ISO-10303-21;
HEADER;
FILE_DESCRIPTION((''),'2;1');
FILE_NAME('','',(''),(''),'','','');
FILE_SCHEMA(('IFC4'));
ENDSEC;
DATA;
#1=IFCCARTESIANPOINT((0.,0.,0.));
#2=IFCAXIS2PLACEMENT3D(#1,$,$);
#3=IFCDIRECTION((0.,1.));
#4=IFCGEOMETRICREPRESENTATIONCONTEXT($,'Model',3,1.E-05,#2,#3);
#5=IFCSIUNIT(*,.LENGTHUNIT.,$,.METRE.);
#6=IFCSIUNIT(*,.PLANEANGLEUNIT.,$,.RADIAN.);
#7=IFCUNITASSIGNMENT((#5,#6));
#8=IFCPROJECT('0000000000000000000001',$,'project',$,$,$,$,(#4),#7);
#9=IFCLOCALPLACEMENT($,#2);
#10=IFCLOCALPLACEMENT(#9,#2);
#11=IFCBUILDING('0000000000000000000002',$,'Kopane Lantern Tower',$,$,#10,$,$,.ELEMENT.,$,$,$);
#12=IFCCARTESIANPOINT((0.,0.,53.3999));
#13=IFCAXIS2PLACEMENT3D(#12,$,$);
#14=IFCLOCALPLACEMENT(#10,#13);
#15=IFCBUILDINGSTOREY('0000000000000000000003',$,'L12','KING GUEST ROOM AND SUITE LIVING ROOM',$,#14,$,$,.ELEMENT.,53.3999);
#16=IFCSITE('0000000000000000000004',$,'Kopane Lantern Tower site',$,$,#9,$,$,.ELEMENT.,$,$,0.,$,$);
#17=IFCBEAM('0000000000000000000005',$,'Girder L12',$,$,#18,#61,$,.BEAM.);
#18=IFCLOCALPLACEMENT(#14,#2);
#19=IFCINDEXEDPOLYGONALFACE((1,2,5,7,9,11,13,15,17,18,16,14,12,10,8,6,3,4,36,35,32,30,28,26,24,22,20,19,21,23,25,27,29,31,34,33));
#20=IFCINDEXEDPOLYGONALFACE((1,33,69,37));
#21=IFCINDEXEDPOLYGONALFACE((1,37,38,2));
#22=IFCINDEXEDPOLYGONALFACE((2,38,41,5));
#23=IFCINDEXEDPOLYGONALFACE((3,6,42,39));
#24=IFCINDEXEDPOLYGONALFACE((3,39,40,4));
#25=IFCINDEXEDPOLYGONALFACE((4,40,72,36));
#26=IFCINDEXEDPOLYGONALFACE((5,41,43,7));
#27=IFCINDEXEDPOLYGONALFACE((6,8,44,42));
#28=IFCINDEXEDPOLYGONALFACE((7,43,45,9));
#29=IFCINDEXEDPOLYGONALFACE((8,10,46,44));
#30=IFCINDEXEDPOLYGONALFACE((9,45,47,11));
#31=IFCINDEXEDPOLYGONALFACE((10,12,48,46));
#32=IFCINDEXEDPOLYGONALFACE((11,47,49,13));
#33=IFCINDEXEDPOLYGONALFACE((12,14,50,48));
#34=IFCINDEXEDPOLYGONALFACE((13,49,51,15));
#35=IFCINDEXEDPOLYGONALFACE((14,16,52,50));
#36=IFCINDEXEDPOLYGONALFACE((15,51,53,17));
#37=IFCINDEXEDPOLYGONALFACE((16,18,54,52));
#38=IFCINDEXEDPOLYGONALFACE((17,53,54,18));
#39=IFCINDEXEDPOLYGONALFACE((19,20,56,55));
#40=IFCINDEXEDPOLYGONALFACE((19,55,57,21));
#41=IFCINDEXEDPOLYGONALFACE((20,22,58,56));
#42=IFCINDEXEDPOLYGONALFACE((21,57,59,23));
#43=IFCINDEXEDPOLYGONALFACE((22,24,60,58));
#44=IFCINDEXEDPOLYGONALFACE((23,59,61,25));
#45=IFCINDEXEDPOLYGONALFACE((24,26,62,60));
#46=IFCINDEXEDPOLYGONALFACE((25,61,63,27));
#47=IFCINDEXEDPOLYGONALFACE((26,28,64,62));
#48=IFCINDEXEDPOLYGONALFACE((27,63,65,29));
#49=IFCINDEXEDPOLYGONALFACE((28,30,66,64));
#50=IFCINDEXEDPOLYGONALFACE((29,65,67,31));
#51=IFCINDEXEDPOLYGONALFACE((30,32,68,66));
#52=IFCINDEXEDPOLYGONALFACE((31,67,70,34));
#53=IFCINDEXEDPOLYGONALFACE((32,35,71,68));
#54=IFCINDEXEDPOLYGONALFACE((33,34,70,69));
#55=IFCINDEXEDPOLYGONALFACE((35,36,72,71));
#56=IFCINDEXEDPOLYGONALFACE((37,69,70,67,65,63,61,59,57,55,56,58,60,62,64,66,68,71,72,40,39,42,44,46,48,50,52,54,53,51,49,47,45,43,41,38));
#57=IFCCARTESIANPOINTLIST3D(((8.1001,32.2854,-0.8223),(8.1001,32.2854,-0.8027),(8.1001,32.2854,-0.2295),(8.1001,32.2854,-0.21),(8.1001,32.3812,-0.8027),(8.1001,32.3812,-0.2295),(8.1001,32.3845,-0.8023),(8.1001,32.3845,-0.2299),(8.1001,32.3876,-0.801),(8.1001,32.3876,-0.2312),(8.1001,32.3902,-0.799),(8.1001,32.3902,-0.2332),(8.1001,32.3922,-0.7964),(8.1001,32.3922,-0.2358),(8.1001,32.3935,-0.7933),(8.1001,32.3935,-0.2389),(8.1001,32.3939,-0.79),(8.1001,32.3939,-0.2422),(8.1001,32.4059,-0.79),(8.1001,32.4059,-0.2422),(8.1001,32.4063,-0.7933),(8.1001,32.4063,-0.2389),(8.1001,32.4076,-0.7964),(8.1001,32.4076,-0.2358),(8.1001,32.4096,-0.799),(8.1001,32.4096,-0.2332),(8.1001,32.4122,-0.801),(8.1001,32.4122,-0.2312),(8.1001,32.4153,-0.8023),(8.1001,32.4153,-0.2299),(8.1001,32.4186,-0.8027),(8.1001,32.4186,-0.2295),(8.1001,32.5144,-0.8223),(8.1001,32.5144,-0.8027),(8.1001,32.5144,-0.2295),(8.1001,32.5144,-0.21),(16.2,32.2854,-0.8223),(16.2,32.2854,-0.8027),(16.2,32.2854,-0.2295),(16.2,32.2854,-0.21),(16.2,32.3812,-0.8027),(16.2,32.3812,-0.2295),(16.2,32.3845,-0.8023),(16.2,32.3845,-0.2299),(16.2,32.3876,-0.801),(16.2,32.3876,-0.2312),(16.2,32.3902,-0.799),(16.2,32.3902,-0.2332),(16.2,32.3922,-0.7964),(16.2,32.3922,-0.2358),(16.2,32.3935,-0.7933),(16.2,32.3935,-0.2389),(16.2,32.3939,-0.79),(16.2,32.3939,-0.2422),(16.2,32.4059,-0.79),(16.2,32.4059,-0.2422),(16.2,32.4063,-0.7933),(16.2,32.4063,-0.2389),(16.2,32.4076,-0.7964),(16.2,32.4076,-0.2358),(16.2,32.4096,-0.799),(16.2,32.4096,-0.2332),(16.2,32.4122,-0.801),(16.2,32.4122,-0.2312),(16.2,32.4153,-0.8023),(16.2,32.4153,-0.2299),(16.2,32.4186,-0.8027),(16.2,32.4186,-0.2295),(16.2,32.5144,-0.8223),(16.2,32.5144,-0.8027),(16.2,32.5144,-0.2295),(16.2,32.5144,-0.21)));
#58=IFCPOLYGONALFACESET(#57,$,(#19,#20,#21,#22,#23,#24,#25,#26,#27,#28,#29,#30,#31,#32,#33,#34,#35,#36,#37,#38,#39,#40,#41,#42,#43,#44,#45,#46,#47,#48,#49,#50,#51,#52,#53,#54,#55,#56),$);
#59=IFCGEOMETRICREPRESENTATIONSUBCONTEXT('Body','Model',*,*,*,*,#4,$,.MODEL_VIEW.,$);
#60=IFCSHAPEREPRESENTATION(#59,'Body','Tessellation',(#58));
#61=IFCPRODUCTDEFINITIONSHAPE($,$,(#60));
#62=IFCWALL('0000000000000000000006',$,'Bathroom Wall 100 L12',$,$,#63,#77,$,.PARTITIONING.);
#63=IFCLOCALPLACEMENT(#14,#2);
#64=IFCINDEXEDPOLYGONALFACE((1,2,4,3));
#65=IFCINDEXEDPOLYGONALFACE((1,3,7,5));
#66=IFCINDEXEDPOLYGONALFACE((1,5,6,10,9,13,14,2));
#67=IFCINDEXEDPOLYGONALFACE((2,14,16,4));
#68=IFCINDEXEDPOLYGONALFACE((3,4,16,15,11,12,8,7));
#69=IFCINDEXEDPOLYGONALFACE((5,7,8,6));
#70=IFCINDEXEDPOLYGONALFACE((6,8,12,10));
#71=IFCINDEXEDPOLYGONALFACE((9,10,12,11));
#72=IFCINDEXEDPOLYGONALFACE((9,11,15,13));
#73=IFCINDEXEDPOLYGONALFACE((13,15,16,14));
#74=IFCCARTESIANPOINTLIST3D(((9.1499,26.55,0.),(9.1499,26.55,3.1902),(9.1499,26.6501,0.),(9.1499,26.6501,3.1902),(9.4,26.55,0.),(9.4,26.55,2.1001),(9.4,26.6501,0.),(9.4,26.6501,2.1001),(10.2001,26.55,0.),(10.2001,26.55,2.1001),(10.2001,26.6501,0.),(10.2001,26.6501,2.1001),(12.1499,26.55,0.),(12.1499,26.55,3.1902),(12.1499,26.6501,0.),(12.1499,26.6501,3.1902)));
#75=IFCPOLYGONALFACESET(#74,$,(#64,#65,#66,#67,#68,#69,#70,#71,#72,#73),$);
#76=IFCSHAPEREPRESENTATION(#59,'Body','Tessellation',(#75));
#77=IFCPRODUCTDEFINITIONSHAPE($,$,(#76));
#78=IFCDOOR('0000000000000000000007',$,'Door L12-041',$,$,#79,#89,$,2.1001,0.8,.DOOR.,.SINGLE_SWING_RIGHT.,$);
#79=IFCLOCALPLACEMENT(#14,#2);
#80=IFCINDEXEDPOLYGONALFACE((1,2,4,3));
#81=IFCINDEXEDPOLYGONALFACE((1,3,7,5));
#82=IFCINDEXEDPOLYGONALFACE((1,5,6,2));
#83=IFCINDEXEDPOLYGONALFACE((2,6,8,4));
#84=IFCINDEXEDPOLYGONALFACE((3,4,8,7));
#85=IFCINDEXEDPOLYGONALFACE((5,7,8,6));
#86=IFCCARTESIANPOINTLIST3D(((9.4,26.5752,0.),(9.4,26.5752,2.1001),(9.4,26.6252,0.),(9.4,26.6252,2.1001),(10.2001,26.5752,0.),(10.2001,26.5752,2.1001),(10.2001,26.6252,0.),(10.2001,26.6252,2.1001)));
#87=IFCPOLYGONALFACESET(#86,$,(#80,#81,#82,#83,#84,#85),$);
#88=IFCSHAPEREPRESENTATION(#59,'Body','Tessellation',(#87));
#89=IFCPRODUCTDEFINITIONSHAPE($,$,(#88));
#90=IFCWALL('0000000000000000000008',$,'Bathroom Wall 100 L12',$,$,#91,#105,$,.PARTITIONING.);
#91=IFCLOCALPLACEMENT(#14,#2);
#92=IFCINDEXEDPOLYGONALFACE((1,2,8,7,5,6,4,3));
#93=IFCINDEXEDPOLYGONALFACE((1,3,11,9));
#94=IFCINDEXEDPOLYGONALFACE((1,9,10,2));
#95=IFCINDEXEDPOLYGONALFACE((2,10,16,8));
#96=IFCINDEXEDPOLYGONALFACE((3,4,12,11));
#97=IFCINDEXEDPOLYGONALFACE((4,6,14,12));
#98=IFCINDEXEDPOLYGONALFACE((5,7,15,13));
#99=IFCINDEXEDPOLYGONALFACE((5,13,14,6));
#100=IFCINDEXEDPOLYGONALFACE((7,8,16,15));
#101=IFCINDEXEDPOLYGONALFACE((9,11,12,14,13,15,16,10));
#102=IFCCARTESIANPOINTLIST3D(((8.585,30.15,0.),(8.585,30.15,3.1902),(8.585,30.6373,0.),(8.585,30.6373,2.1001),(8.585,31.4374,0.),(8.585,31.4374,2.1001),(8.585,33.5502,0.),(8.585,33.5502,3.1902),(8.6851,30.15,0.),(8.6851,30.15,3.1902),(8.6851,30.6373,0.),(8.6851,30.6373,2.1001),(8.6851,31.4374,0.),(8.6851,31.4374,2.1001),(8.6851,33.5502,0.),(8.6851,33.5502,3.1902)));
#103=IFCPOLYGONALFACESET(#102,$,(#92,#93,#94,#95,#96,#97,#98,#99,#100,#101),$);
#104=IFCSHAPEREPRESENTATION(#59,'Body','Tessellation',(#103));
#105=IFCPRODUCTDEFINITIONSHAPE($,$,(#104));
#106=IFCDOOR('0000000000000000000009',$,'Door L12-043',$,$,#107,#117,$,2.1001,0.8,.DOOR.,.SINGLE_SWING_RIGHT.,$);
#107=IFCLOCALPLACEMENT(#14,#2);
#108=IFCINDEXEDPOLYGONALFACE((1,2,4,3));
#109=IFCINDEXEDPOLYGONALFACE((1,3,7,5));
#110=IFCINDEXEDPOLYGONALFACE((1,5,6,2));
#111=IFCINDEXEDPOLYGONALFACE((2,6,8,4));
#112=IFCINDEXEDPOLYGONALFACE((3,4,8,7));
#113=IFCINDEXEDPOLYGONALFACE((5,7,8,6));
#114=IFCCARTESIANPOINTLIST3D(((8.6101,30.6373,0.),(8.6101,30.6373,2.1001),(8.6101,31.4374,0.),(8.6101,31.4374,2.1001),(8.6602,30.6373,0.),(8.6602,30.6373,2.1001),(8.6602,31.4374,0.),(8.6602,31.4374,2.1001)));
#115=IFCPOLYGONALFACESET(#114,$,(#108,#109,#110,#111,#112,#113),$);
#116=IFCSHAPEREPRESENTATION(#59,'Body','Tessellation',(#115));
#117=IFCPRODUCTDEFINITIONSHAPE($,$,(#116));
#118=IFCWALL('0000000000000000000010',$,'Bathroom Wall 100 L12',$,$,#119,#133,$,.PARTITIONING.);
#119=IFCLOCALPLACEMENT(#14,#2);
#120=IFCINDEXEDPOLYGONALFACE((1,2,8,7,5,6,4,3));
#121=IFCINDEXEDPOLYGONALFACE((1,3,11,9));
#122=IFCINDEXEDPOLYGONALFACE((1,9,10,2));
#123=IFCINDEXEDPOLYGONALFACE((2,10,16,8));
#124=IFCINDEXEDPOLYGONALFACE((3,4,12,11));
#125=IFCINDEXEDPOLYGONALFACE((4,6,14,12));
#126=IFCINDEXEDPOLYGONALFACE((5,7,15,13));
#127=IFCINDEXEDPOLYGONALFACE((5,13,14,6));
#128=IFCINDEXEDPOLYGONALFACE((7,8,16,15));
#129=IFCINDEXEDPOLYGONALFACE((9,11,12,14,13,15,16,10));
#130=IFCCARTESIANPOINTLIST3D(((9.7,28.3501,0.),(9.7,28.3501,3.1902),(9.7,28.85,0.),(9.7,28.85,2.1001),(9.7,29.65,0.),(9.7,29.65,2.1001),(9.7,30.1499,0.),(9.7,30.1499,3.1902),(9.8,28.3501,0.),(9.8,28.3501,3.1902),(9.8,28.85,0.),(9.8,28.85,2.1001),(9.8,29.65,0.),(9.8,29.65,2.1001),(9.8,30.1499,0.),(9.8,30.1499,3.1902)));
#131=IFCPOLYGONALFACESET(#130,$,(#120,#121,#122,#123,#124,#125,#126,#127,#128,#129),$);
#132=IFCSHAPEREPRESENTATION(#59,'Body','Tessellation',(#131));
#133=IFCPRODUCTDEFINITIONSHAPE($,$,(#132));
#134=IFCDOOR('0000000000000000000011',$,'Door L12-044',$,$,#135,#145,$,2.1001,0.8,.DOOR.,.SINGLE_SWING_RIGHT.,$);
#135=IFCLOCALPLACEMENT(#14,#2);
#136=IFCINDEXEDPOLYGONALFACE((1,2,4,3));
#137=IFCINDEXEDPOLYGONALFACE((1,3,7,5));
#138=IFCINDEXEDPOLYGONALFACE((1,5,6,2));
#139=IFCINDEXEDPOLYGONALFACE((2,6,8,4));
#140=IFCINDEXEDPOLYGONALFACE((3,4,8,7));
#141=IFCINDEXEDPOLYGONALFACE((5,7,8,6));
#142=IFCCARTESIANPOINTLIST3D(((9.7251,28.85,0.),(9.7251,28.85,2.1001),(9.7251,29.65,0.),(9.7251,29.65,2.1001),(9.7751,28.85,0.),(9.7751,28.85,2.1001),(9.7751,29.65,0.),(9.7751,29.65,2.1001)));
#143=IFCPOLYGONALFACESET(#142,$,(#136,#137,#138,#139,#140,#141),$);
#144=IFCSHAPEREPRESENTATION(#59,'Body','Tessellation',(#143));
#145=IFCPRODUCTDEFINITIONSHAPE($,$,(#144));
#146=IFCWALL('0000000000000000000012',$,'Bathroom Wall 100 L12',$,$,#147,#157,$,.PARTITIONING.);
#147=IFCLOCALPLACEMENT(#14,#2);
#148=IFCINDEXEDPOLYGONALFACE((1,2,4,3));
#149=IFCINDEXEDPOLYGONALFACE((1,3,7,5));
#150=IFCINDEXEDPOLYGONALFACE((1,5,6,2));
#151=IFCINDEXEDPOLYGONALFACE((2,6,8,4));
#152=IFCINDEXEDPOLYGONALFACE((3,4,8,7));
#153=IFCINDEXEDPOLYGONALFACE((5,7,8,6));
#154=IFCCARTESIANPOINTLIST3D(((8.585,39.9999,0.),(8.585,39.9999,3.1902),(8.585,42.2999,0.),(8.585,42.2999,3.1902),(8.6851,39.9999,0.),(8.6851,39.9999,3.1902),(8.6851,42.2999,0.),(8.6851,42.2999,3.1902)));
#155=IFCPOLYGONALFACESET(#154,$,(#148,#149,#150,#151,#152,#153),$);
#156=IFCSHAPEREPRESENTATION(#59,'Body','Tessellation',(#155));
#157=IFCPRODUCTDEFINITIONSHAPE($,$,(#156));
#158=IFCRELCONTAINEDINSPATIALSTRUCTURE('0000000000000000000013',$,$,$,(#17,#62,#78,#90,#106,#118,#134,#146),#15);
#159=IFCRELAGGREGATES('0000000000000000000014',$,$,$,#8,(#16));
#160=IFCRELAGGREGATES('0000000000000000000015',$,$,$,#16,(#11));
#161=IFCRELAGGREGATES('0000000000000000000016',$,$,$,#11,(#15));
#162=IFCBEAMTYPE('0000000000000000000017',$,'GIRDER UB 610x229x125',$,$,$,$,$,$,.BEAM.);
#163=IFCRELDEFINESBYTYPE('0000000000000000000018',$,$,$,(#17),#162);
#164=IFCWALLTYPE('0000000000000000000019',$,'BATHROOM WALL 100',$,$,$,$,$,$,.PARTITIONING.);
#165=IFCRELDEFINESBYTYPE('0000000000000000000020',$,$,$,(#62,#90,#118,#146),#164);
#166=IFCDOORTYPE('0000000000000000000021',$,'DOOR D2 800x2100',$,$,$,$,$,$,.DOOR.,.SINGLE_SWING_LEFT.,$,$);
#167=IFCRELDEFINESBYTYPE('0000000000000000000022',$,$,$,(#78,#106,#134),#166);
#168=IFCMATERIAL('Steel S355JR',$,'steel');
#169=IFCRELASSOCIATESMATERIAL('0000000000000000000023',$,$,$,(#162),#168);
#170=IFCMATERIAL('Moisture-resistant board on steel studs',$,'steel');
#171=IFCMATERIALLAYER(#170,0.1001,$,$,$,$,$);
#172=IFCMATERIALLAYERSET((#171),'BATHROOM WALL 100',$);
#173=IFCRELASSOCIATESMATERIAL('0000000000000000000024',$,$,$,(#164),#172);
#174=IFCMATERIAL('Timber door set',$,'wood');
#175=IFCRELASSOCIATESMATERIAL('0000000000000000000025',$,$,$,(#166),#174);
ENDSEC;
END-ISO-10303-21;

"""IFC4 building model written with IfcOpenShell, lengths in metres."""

from ifc_helpers import new_model, si_unit, direction, frame, frame_2d, origin, origin_2d, place, context, subcontext, project, spatial, rectangle, i_section, extrude, material, layer, layer_set, material_profile, profile_set, type_object, element, fill, save


model = new_model("IFC4")

# Units and contexts
model_context = context("Model", 3, precision=1e-05, world=origin(), true_north=direction((0.0, 1.0)))
body_context = subcontext(model_context, "Body", "Model", "MODEL_VIEW")
ifc_project = project(units=[si_unit("LENGTHUNIT", "METRE"), si_unit("PLANEANGLEUNIT", "RADIAN")], contexts=[model_context])

# Site, building, storey
site_placement = place(None, origin())
site = spatial("IfcSite", under=ifc_project, at=site_placement, Name="Kopane Lantern Tower site", CompositionType="ELEMENT", RefElevation=0.0)
building_placement = place(site_placement, origin())
building = spatial("IfcBuilding", under=site, at=building_placement, Name="Kopane Lantern Tower", CompositionType="ELEMENT")
storey_placement = place(building_placement, frame((0.0, 0.0, 53.3999)))
storey = spatial("IfcBuildingStorey", under=building, at=storey_placement, Name="L12", Description="KING GUEST ROOM AND SUITE LIVING ROOM", CompositionType="ELEMENT", Elevation=53.3999)

# Beam
ifc_material_1 = material(Name="Steel S355JR", Category="steel")
ifc_material_profile_1 = material_profile(ifc_material_1, i_section(OverallWidth=0.229, OverallDepth=0.6123, WebThickness=0.012, FlangeThickness=0.0195, FilletRadius=0.0127, at=origin_2d()), Name="UB 610x229x125")
ifc_profile_set_1 = profile_set([ifc_material_profile_1], Name="Steel S355JR")
beam_type = type_object("IfcBeamType", Name="GIRDER UB 610x229x125", PredefinedType="BEAM", material=ifc_profile_set_1)
beam_placement = place(storey_placement, frame((8.1001, 32.3999, -0.5161), z_axis=(1.0, 0.0, 0.0), x_axis=(0.0, 1.0, 0.0)))
element("IfcBeam", 1, at=beam_placement, inside=storey, type_object=beam_type, Name="Girder L12", PredefinedType="BEAM", context=body_context, shape_type="SweptSolid", body=[
    extrude(i_section(OverallWidth=0.229, OverallDepth=0.6123, WebThickness=0.012, FlangeThickness=0.0195, FilletRadius=0.0127, at=origin_2d()), origin(), (0.0, 0.0, 1.0), 8.0999),
])

# Walls, openings, doors
ifc_material_2 = material(Name="Moisture-resistant board on steel studs", Category="steel")
ifc_layer_1 = layer(ifc_material_2, 0.1001)
ifc_layer_set_1 = layer_set([ifc_layer_1], Name="BATHROOM WALL 100")
wall_type_1 = type_object("IfcWallType", Name="BATHROOM WALL 100", PredefinedType="PARTITIONING", material=ifc_layer_set_1)
wall_1_placement = place(storey_placement, frame((12.1499, 26.6001, 0.0), z_axis=(0.0, 0.0, 1.0), x_axis=(-1.0, 0.0, 0.0)))
wall_1 = element("IfcWall", 2, at=wall_1_placement, inside=storey, type_object=wall_type_1, Name="Bathroom Wall 100 L12", PredefinedType="PARTITIONING", context=body_context, shape_type="SweptSolid", body=[
    extrude(rectangle(XDim=3.0, YDim=0.1001, at=frame_2d((1.5, 0.0))), origin(), (0.0, 0.0, 1.0), 3.1902),
])
opening_1_placement = place(wall_1_placement, frame((1.95, 0.0, 0.0)))
opening_1 = element("IfcOpeningElement", 3, at=opening_1_placement, cuts=wall_1, PredefinedType="OPENING", context=body_context, shape_type="SweptSolid", body=[
    extrude(rectangle(XDim=0.8, YDim=2.1001, at=frame_2d((0.3999, 1.05))), frame((0.0, 0.0601, 0.0), z_axis=(0.0, -1.0, 0.0), x_axis=(1.0, 0.0, 0.0)), (0.0, 0.0, 1.0), 0.1201),
])
ifc_material_3 = material(Name="Timber door set", Category="wood")
door_type = type_object("IfcDoorType", Name="DOOR D2 800x2100", OperationType="SINGLE_SWING_LEFT", PredefinedType="DOOR", material=ifc_material_3)
door_1_placement = place(opening_1_placement, origin())
door_1 = element("IfcDoor", 4, at=door_1_placement, inside=storey, type_object=door_type, Name="Door L12-041", OperationType="SINGLE_SWING_RIGHT", OverallHeight=2.1001, OverallWidth=0.8, PredefinedType="DOOR", context=body_context, shape_type="SweptSolid", body=[
    extrude(rectangle(XDim=0.8, YDim=2.1001, at=frame_2d((0.3999, 1.05))), frame((0.0, 0.0249, 0.0), z_axis=(0.0, -1.0, 0.0), x_axis=(1.0, 0.0, 0.0)), (0.0, 0.0, 1.0), 0.05),
])
fill(opening_1, door_1)
wall_2_placement = place(storey_placement, frame((8.635, 30.1499, 0.0), z_axis=(0.0, 0.0, 1.0), x_axis=(0.0, 1.0, 0.0)))
wall_2 = element("IfcWall", 5, at=wall_2_placement, inside=storey, type_object=wall_type_1, Name="Bathroom Wall 100 L12", PredefinedType="PARTITIONING", context=body_context, shape_type="SweptSolid", body=[
    extrude(rectangle(XDim=3.4001, YDim=0.1001, at=frame_2d((1.7002, 0.0))), origin(), (0.0, 0.0, 1.0), 3.1902),
])
opening_2_placement = place(wall_2_placement, frame((0.4875, 0.0, 0.0)))
opening_2 = element("IfcOpeningElement", 6, at=opening_2_placement, cuts=wall_2, PredefinedType="OPENING", context=body_context, shape_type="SweptSolid", body=[
    extrude(rectangle(XDim=0.8, YDim=2.1001, at=frame_2d((0.3999, 1.05))), frame((0.0, 0.0601, 0.0), z_axis=(0.0, -1.0, 0.0), x_axis=(1.0, 0.0, 0.0)), (0.0, 0.0, 1.0), 0.1201),
])
door_2_placement = place(opening_2_placement, origin())
door_2 = element("IfcDoor", 7, at=door_2_placement, inside=storey, type_object=door_type, Name="Door L12-043", OperationType="SINGLE_SWING_RIGHT", OverallHeight=2.1001, OverallWidth=0.8, PredefinedType="DOOR", context=body_context, shape_type="SweptSolid", body=[
    extrude(rectangle(XDim=0.8, YDim=2.1001, at=frame_2d((0.3999, 1.05))), frame((0.0, 0.0249, 0.0), z_axis=(0.0, -1.0, 0.0), x_axis=(1.0, 0.0, 0.0)), (0.0, 0.0, 1.0), 0.05),
])
fill(opening_2, door_2)
wall_3_placement = place(storey_placement, frame((9.75, 28.3501, 0.0), z_axis=(0.0, 0.0, 1.0), x_axis=(0.0, 1.0, 0.0)))
wall_3 = element("IfcWall", 8, at=wall_3_placement, inside=storey, type_object=wall_type_1, Name="Bathroom Wall 100 L12", PredefinedType="PARTITIONING", context=body_context, shape_type="SweptSolid", body=[
    extrude(rectangle(XDim=1.7998, YDim=0.1001, at=frame_2d((0.8999, 0.0))), origin(), (0.0, 0.0, 1.0), 3.1902),
])
opening_3_placement = place(wall_3_placement, frame((0.5, 0.0, 0.0)))
opening_3 = element("IfcOpeningElement", 9, at=opening_3_placement, cuts=wall_3, PredefinedType="OPENING", context=body_context, shape_type="SweptSolid", body=[
    extrude(rectangle(XDim=0.8, YDim=2.1001, at=frame_2d((0.3999, 1.05))), frame((0.0, 0.0601, 0.0), z_axis=(0.0, -1.0, 0.0), x_axis=(1.0, 0.0, 0.0)), (0.0, 0.0, 1.0), 0.1201),
])
door_3_placement = place(opening_3_placement, origin())
door_3 = element("IfcDoor", 10, at=door_3_placement, inside=storey, type_object=door_type, Name="Door L12-044", OperationType="SINGLE_SWING_RIGHT", OverallHeight=2.1001, OverallWidth=0.8, PredefinedType="DOOR", context=body_context, shape_type="SweptSolid", body=[
    extrude(rectangle(XDim=0.8, YDim=2.1001, at=frame_2d((0.3999, 1.05))), frame((0.0, 0.0249, 0.0), z_axis=(0.0, -1.0, 0.0), x_axis=(1.0, 0.0, 0.0)), (0.0, 0.0, 1.0), 0.05),
])
fill(opening_3, door_3)

# Wall
wall_4_placement = place(storey_placement, frame((8.635, 40.0, 0.0), z_axis=(0.0, 0.0, 1.0), x_axis=(0.0, 1.0, 0.0)))
element("IfcWall", 11, at=wall_4_placement, inside=storey, type_object=wall_type_1, Name="Bathroom Wall 100 L12", PredefinedType="PARTITIONING", context=body_context, shape_type="SweptSolid", body=[
    extrude(rectangle(XDim=2.3, YDim=0.1001, at=frame_2d((1.1499, 0.0))), origin(), (0.0, 0.0, 1.0), 3.1902),
])

save(model, "model.ifc")
